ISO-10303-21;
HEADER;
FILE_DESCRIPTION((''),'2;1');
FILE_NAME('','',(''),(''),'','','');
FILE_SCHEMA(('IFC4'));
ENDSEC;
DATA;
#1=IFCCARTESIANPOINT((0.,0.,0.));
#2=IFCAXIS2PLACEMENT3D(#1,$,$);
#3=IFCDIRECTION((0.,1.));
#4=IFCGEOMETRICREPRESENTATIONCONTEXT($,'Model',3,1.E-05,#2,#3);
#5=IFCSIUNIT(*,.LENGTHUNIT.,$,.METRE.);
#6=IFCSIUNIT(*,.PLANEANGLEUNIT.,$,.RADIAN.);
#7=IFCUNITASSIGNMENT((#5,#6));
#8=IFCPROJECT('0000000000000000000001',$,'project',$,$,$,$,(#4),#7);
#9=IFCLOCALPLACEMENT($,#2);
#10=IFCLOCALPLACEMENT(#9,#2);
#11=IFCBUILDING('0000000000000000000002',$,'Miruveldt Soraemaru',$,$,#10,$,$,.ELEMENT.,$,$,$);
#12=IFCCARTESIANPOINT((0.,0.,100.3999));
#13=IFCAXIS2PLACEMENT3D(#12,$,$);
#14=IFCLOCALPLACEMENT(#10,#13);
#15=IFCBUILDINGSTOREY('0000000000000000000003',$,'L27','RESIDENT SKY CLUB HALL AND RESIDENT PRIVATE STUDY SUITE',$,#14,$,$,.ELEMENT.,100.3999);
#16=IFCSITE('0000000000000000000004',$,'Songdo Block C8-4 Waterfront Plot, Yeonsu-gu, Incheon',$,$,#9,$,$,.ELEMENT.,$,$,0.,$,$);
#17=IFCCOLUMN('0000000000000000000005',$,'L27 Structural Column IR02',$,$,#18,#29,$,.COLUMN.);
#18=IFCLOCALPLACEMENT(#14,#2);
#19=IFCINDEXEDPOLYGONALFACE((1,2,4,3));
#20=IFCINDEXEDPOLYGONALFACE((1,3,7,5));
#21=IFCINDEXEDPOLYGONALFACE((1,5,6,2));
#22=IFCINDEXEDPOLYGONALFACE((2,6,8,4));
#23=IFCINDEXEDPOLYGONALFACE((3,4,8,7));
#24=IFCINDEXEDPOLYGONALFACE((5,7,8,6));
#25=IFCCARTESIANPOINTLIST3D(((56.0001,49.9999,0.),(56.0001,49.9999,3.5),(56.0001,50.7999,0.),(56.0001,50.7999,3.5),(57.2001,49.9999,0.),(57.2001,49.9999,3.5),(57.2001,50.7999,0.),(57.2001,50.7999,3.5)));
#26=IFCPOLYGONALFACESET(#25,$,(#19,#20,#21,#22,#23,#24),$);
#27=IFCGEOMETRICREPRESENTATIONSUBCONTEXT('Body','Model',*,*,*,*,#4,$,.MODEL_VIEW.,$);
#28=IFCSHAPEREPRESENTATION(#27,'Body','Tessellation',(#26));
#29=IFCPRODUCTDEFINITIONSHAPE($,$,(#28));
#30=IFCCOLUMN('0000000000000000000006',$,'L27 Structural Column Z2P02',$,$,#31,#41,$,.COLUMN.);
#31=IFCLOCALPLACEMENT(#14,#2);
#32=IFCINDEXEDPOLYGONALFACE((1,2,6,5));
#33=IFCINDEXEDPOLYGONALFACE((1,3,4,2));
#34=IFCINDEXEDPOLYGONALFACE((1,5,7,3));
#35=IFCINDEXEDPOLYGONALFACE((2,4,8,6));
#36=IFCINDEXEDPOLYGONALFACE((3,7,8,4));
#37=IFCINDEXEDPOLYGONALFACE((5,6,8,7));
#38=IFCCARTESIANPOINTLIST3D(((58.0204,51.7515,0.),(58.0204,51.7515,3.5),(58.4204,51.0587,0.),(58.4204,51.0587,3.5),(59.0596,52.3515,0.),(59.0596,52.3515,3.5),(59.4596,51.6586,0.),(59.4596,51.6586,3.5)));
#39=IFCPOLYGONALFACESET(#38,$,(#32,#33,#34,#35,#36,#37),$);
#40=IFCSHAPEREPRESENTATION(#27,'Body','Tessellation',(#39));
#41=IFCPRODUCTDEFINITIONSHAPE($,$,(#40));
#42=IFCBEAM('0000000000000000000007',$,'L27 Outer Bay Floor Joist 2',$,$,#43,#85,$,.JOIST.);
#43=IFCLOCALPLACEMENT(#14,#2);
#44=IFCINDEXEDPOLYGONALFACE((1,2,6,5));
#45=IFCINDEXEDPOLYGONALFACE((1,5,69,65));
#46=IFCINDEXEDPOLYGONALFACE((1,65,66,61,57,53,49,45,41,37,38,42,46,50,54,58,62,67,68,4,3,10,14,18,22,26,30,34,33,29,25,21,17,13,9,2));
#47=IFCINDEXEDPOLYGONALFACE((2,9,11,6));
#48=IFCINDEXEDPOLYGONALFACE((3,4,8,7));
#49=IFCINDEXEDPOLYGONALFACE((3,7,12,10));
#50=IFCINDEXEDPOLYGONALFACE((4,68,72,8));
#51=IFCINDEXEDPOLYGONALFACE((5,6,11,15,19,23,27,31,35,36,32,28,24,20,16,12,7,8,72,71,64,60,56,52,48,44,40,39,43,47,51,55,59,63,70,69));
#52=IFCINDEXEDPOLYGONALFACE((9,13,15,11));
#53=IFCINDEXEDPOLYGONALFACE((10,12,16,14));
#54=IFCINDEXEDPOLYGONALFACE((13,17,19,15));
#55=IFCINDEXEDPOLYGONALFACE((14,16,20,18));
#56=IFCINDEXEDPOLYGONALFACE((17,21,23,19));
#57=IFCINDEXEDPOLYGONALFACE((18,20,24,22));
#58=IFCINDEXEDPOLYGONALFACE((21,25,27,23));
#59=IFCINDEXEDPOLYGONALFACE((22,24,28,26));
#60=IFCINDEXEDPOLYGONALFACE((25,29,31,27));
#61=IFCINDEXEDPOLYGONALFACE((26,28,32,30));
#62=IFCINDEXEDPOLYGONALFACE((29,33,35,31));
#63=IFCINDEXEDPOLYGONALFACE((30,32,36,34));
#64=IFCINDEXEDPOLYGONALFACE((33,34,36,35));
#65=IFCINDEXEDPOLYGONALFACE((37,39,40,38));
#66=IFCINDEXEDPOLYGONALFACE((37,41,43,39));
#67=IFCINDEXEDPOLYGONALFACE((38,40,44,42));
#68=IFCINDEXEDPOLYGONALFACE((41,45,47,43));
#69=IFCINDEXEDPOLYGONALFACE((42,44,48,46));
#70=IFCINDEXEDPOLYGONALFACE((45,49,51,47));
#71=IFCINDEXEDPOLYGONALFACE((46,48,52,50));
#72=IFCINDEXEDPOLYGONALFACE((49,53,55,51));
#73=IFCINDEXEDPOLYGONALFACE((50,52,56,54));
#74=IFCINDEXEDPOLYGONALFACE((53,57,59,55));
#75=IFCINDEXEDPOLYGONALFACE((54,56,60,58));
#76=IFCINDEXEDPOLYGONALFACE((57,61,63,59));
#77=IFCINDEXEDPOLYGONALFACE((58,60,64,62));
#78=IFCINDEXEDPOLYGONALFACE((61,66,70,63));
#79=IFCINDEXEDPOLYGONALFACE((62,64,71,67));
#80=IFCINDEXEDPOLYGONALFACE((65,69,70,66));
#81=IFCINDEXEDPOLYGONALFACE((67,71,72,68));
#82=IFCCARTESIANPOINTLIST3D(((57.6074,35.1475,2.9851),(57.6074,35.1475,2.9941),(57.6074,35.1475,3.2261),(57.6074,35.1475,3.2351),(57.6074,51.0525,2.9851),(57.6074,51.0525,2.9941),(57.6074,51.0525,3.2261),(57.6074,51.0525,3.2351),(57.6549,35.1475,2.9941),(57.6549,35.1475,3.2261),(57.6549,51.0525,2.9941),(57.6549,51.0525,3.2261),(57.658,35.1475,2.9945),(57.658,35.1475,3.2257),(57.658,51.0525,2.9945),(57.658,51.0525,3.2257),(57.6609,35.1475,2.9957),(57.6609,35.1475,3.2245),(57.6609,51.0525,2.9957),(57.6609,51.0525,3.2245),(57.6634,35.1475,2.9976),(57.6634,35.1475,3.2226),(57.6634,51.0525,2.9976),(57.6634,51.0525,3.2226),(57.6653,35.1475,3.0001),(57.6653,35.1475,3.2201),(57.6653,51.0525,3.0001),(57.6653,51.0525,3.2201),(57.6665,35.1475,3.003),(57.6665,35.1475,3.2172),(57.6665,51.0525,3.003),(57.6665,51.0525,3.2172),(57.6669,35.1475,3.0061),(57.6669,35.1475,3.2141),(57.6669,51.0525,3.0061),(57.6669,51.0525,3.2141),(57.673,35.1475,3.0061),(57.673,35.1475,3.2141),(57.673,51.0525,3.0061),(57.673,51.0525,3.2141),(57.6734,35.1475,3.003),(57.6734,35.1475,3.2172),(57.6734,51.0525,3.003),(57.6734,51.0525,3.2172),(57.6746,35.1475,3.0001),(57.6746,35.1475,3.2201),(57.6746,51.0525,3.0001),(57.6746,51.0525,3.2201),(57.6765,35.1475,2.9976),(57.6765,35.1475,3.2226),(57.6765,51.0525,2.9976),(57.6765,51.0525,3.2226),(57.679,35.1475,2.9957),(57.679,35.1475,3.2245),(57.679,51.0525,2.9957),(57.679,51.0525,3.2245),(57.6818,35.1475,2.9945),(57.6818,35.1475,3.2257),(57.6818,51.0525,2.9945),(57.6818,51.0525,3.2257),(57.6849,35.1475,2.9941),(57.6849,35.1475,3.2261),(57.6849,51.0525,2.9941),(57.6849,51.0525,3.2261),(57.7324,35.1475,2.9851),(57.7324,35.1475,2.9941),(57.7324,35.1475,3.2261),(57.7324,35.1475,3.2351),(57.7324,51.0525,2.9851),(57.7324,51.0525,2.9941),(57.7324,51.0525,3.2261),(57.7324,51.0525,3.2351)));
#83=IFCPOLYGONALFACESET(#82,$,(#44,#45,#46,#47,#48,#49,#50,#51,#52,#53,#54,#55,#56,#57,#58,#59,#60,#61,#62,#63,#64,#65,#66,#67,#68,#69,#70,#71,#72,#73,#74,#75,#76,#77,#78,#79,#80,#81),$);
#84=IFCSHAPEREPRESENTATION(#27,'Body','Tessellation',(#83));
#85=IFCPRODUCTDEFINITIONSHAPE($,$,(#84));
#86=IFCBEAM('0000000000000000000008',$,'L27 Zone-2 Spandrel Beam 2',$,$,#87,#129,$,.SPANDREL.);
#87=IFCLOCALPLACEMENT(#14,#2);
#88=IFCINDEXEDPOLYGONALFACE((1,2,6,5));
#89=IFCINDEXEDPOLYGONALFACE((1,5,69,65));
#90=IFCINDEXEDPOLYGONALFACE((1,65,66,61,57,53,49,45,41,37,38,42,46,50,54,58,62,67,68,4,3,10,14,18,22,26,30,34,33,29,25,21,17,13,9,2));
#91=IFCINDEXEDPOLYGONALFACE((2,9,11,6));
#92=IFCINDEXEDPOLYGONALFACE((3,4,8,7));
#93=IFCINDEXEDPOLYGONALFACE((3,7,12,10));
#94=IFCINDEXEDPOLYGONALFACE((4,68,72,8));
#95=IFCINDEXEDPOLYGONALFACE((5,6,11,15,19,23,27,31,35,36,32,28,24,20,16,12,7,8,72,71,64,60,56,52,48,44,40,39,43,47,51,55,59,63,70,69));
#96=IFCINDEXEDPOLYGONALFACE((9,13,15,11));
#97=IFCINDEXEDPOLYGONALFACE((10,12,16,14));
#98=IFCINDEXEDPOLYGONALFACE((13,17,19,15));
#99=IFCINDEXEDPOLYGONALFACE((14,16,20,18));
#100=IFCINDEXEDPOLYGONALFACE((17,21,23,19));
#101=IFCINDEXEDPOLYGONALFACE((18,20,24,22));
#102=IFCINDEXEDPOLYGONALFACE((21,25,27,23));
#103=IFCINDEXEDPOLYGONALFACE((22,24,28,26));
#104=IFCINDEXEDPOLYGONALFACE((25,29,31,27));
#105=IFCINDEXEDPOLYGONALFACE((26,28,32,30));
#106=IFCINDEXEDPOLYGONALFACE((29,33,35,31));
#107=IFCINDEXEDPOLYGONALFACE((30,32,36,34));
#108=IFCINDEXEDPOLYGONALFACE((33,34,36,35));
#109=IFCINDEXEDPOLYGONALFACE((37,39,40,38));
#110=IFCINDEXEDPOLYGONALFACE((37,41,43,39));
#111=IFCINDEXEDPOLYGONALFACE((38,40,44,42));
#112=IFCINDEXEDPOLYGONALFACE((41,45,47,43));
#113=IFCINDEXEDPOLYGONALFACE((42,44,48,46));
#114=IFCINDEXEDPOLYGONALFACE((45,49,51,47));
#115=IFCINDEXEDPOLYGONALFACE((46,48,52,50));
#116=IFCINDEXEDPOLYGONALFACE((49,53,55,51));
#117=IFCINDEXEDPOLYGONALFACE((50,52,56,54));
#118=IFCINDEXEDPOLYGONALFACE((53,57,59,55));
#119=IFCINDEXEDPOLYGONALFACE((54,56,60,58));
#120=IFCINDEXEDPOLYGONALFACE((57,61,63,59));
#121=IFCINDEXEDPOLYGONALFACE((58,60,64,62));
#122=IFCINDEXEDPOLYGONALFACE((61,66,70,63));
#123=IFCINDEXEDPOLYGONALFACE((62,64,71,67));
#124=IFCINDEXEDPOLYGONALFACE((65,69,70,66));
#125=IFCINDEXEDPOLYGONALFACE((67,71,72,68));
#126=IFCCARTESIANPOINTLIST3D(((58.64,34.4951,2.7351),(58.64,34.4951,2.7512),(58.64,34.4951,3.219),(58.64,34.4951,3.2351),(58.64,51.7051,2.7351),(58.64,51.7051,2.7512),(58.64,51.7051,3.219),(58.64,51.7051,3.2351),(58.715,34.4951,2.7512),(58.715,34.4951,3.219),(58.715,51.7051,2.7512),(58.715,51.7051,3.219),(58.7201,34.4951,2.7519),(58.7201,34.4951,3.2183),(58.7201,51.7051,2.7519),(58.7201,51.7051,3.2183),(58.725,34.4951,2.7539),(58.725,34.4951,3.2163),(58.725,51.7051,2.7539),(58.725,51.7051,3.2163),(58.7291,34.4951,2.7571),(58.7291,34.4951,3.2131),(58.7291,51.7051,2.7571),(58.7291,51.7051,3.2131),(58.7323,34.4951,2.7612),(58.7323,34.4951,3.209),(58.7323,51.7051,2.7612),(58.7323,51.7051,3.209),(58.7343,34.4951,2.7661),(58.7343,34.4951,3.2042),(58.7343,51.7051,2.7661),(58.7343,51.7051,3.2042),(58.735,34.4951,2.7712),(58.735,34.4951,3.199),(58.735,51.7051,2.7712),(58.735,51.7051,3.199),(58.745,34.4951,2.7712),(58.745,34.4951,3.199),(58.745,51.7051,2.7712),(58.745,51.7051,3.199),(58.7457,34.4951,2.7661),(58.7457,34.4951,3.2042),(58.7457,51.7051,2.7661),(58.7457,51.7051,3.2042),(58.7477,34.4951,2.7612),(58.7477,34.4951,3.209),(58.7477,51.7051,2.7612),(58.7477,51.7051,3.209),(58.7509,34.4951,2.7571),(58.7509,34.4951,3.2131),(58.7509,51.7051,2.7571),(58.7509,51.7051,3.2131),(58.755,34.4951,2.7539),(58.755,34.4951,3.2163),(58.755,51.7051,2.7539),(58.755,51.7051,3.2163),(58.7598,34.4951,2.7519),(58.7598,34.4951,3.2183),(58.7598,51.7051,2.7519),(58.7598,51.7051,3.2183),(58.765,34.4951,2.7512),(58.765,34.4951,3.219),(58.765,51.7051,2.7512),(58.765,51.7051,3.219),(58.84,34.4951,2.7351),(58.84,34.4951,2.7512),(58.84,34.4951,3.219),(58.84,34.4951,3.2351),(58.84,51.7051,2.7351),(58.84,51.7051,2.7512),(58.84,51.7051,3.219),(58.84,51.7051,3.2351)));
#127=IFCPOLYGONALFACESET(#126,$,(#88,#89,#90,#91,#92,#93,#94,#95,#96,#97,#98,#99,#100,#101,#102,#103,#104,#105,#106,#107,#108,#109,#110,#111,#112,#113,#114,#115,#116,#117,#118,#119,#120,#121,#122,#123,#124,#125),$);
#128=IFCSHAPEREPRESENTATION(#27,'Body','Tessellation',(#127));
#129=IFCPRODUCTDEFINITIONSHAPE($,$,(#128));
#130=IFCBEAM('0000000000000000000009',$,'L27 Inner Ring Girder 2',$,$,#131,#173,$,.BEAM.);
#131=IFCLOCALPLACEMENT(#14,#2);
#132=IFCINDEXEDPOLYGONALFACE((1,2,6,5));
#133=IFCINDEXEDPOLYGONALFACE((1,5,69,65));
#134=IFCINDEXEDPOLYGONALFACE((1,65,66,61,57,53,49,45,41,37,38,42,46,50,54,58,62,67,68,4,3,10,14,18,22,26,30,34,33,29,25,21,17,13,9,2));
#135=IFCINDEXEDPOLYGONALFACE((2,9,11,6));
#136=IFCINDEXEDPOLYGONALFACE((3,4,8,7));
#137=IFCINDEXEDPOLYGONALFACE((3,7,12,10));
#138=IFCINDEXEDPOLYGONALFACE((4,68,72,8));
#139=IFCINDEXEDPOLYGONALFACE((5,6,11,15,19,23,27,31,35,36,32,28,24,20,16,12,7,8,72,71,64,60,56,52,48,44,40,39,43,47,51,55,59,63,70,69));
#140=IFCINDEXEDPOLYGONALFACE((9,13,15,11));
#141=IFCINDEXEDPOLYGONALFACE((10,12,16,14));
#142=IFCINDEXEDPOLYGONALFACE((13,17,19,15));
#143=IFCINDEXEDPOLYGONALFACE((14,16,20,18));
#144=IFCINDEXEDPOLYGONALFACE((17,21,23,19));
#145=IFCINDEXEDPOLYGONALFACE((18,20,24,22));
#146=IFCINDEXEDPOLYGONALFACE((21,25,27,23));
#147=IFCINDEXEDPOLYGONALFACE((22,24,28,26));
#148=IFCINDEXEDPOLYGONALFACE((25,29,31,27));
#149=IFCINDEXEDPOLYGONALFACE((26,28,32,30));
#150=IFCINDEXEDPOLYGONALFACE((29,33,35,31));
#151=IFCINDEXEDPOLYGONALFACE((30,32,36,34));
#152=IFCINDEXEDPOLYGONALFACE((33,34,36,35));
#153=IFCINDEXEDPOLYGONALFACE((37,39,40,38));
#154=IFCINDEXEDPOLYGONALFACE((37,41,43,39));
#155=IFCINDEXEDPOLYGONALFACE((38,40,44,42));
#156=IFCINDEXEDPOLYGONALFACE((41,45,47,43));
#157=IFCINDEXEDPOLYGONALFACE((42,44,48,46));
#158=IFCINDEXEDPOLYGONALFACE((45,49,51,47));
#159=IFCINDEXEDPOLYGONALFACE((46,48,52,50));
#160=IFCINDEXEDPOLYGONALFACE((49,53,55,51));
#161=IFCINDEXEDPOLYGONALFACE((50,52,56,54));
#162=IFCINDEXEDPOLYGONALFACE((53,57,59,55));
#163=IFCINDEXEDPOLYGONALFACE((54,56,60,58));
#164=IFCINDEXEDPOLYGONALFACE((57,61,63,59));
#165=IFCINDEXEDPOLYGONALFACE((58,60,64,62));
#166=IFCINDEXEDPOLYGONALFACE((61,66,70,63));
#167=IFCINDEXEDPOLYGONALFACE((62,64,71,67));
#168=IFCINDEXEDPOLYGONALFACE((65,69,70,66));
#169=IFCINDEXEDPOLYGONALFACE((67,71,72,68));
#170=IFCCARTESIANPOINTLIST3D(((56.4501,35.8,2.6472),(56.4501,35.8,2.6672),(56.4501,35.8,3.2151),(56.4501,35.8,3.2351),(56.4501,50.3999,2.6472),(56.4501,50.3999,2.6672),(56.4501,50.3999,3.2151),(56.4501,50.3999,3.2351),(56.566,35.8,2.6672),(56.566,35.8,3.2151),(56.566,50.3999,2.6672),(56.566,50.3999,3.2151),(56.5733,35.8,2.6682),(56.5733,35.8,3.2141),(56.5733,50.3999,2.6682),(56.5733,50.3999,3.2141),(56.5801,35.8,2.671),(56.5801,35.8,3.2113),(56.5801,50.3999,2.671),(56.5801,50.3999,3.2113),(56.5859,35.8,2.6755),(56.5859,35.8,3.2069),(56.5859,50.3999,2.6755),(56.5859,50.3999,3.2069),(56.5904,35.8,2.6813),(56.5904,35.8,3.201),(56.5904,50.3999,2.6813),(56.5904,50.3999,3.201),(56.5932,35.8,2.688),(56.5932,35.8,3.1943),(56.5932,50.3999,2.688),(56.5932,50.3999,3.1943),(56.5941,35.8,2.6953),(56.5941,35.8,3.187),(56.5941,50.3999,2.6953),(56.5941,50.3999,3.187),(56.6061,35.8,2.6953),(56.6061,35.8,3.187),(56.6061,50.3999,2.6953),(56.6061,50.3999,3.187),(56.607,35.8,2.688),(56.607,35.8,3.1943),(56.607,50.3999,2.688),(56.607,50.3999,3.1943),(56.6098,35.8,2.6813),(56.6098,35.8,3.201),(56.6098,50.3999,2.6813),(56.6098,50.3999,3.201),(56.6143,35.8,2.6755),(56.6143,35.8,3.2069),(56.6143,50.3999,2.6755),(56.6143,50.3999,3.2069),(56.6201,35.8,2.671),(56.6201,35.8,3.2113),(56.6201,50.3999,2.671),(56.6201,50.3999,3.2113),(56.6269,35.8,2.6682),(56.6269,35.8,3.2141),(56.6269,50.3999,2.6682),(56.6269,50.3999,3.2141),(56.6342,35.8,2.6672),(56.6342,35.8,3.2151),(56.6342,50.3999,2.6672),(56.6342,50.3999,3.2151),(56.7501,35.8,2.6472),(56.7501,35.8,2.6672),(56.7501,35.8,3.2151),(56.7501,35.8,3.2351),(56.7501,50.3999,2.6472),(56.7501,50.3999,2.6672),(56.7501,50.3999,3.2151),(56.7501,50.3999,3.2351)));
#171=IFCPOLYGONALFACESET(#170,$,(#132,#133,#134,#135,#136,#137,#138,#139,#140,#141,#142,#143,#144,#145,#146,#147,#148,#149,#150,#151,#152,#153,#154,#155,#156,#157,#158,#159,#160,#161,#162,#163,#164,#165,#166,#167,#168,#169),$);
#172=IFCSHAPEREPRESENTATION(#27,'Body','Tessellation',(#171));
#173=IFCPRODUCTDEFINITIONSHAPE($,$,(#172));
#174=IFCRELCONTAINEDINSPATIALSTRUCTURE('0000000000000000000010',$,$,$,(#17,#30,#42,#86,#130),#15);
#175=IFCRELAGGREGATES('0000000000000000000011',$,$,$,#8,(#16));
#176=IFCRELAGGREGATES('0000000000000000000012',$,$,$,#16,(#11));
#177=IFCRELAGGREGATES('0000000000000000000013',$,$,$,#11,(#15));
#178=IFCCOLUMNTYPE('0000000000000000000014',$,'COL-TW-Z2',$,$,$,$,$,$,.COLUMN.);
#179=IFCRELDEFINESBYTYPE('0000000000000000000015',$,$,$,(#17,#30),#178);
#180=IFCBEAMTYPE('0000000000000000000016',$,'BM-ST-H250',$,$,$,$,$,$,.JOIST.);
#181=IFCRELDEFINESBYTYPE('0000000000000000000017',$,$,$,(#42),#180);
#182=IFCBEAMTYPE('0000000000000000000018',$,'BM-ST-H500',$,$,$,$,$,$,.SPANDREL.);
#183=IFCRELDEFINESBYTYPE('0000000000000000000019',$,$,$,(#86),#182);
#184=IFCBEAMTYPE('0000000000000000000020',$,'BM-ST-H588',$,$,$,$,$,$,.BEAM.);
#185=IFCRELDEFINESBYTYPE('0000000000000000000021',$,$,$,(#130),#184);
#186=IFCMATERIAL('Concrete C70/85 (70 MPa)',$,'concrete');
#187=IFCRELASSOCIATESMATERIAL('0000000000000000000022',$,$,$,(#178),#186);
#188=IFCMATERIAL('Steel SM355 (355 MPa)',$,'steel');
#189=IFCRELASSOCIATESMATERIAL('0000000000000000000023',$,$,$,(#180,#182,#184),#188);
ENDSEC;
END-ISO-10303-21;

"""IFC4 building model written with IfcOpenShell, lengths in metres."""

from ifc_helpers import new_model, si_unit, direction, frame, origin, origin_2d, place, context, subcontext, project, spatial, rectangle, i_section, extrude, material, material_profile, profile_set, type_object, element, save


model = new_model("IFC4")

# Units and contexts
model_context = context("Model", 3, precision=1e-05, world=origin(), true_north=direction((0.0, 1.0)))
body_context = subcontext(model_context, "Body", "Model", "MODEL_VIEW")
ifc_project = project(units=[si_unit("LENGTHUNIT", "METRE"), si_unit("PLANEANGLEUNIT", "RADIAN")], contexts=[model_context])

# Site, building, storey
site_placement = place(None, origin())
site = spatial("IfcSite", under=ifc_project, at=site_placement, Name="Songdo Block C8-4 Waterfront Plot, Yeonsu-gu, Incheon", CompositionType="ELEMENT", RefElevation=0.0)
building_placement = place(site_placement, origin())
building = spatial("IfcBuilding", under=site, at=building_placement, Name="Miruveldt Soraemaru", CompositionType="ELEMENT")
storey_placement = place(building_placement, frame((0.0, 0.0, 100.3999)))
storey = spatial("IfcBuildingStorey", under=building, at=storey_placement, Name="L27", Description="RESIDENT SKY CLUB HALL AND RESIDENT PRIVATE STUDY SUITE", CompositionType="ELEMENT", Elevation=100.3999)

# Columns
ifc_material_1 = material(Name="Concrete C70/85 (70 MPa)", Category="concrete")
ifc_material_profile_1 = material_profile(ifc_material_1, rectangle(XDim=1.2, YDim=0.8, at=origin_2d()), Name="Concrete C70/85 (70 MPa)", Category="concrete")
ifc_profile_set_1 = profile_set([ifc_material_profile_1], Name="Concrete C70/85 (70 MPa)")
column_type = type_object("IfcColumnType", Name="COL-TW-Z2", PredefinedType="COLUMN", material=ifc_profile_set_1)
for number, where, z_axis, x_axis, name in (
    (1, (56.6001, 50.3999, 0.0), (0.0, 0.0, 1.0), (1.0, 0.0, 0.0), "L27 Structural Column IR02"),
    (2, (58.74, 51.7051, 0.0), (0.0, 0.0, 1.0), (0.866025, 0.5, 0.0), "L27 Structural Column Z2P02"),
):
    element("IfcColumn", number, at=place(storey_placement, frame(where, z_axis=z_axis, x_axis=x_axis)), inside=storey, type_object=column_type, Name=name, PredefinedType="COLUMN", context=body_context, shape_type="SweptSolid", body=[
        extrude(rectangle(XDim=1.2, YDim=0.8, at=origin_2d()), origin(), (0.0, 0.0, 1.0), 3.5),
    ])

# Beams
ifc_material_2 = material(Name="Steel SM355 (355 MPa)", Category="steel")
ifc_material_profile_2 = material_profile(ifc_material_2, i_section(OverallWidth=0.125, OverallDepth=0.25, WebThickness=0.0061, FlangeThickness=0.009, FilletRadius=0.012, at=origin_2d()), Name="Steel SM355 (355 MPa)", Category="steel")
ifc_profile_set_2 = profile_set([ifc_material_profile_2], Name="Steel SM355 (355 MPa)")
beam_type_1 = type_object("IfcBeamType", Name="BM-ST-H250", PredefinedType="JOIST", material=ifc_profile_set_2)
beam_1_placement = place(storey_placement, frame((57.6699, 51.0525, 3.1101), z_axis=(0.0, -1.0, 0.0), x_axis=(1.0, 0.0, 0.0)))
element("IfcBeam", 3, at=beam_1_placement, inside=storey, type_object=beam_type_1, Name="L27 Outer Bay Floor Joist 2", PredefinedType="JOIST", context=body_context, shape_type="SweptSolid", body=[
    extrude(i_section(OverallWidth=0.125, OverallDepth=0.25, WebThickness=0.0061, FlangeThickness=0.009, FilletRadius=0.012, at=origin_2d()), origin(), (0.0, 0.0, 1.0), 15.905),
])
ifc_material_profile_3 = material_profile(ifc_material_2, i_section(OverallWidth=0.2, OverallDepth=0.5, WebThickness=0.01, FlangeThickness=0.0161, FilletRadius=0.02, at=origin_2d()), Name="Steel SM355 (355 MPa)", Category="steel")
ifc_profile_set_3 = profile_set([ifc_material_profile_3], Name="Steel SM355 (355 MPa)")
beam_type_2 = type_object("IfcBeamType", Name="BM-ST-H500", PredefinedType="SPANDREL", material=ifc_profile_set_3)
beam_2_placement = place(storey_placement, frame((58.74, 51.7051, 2.9851), z_axis=(0.0, -1.0, 0.0), x_axis=(1.0, 0.0, 0.0)))
element("IfcBeam", 4, at=beam_2_placement, inside=storey, type_object=beam_type_2, Name="L27 Zone-2 Spandrel Beam 2", PredefinedType="SPANDREL", context=body_context, shape_type="SweptSolid", body=[
    extrude(i_section(OverallWidth=0.2, OverallDepth=0.5, WebThickness=0.01, FlangeThickness=0.0161, FilletRadius=0.02, at=origin_2d()), origin(), (0.0, 0.0, 1.0), 17.21),
])
ifc_material_profile_4 = material_profile(ifc_material_2, i_section(OverallWidth=0.3, OverallDepth=0.5879, WebThickness=0.012, FlangeThickness=0.02, FilletRadius=0.0281, at=origin_2d()), Name="Steel SM355 (355 MPa)", Category="steel")
ifc_profile_set_4 = profile_set([ifc_material_profile_4], Name="Steel SM355 (355 MPa)")
beam_type_3 = type_object("IfcBeamType", Name="BM-ST-H588", PredefinedType="BEAM", material=ifc_profile_set_4)
beam_3_placement = place(storey_placement, frame((56.6001, 50.3999, 2.9412), z_axis=(0.0, -1.0, 0.0), x_axis=(1.0, 0.0, 0.0)))
element("IfcBeam", 5, at=beam_3_placement, inside=storey, type_object=beam_type_3, Name="L27 Inner Ring Girder 2", PredefinedType="BEAM", context=body_context, shape_type="SweptSolid", body=[
    extrude(i_section(OverallWidth=0.3, OverallDepth=0.5879, WebThickness=0.012, FlangeThickness=0.02, FilletRadius=0.0281, at=origin_2d()), origin(), (0.0, 0.0, 1.0), 14.5999),
])

save(model, "model.ifc")
